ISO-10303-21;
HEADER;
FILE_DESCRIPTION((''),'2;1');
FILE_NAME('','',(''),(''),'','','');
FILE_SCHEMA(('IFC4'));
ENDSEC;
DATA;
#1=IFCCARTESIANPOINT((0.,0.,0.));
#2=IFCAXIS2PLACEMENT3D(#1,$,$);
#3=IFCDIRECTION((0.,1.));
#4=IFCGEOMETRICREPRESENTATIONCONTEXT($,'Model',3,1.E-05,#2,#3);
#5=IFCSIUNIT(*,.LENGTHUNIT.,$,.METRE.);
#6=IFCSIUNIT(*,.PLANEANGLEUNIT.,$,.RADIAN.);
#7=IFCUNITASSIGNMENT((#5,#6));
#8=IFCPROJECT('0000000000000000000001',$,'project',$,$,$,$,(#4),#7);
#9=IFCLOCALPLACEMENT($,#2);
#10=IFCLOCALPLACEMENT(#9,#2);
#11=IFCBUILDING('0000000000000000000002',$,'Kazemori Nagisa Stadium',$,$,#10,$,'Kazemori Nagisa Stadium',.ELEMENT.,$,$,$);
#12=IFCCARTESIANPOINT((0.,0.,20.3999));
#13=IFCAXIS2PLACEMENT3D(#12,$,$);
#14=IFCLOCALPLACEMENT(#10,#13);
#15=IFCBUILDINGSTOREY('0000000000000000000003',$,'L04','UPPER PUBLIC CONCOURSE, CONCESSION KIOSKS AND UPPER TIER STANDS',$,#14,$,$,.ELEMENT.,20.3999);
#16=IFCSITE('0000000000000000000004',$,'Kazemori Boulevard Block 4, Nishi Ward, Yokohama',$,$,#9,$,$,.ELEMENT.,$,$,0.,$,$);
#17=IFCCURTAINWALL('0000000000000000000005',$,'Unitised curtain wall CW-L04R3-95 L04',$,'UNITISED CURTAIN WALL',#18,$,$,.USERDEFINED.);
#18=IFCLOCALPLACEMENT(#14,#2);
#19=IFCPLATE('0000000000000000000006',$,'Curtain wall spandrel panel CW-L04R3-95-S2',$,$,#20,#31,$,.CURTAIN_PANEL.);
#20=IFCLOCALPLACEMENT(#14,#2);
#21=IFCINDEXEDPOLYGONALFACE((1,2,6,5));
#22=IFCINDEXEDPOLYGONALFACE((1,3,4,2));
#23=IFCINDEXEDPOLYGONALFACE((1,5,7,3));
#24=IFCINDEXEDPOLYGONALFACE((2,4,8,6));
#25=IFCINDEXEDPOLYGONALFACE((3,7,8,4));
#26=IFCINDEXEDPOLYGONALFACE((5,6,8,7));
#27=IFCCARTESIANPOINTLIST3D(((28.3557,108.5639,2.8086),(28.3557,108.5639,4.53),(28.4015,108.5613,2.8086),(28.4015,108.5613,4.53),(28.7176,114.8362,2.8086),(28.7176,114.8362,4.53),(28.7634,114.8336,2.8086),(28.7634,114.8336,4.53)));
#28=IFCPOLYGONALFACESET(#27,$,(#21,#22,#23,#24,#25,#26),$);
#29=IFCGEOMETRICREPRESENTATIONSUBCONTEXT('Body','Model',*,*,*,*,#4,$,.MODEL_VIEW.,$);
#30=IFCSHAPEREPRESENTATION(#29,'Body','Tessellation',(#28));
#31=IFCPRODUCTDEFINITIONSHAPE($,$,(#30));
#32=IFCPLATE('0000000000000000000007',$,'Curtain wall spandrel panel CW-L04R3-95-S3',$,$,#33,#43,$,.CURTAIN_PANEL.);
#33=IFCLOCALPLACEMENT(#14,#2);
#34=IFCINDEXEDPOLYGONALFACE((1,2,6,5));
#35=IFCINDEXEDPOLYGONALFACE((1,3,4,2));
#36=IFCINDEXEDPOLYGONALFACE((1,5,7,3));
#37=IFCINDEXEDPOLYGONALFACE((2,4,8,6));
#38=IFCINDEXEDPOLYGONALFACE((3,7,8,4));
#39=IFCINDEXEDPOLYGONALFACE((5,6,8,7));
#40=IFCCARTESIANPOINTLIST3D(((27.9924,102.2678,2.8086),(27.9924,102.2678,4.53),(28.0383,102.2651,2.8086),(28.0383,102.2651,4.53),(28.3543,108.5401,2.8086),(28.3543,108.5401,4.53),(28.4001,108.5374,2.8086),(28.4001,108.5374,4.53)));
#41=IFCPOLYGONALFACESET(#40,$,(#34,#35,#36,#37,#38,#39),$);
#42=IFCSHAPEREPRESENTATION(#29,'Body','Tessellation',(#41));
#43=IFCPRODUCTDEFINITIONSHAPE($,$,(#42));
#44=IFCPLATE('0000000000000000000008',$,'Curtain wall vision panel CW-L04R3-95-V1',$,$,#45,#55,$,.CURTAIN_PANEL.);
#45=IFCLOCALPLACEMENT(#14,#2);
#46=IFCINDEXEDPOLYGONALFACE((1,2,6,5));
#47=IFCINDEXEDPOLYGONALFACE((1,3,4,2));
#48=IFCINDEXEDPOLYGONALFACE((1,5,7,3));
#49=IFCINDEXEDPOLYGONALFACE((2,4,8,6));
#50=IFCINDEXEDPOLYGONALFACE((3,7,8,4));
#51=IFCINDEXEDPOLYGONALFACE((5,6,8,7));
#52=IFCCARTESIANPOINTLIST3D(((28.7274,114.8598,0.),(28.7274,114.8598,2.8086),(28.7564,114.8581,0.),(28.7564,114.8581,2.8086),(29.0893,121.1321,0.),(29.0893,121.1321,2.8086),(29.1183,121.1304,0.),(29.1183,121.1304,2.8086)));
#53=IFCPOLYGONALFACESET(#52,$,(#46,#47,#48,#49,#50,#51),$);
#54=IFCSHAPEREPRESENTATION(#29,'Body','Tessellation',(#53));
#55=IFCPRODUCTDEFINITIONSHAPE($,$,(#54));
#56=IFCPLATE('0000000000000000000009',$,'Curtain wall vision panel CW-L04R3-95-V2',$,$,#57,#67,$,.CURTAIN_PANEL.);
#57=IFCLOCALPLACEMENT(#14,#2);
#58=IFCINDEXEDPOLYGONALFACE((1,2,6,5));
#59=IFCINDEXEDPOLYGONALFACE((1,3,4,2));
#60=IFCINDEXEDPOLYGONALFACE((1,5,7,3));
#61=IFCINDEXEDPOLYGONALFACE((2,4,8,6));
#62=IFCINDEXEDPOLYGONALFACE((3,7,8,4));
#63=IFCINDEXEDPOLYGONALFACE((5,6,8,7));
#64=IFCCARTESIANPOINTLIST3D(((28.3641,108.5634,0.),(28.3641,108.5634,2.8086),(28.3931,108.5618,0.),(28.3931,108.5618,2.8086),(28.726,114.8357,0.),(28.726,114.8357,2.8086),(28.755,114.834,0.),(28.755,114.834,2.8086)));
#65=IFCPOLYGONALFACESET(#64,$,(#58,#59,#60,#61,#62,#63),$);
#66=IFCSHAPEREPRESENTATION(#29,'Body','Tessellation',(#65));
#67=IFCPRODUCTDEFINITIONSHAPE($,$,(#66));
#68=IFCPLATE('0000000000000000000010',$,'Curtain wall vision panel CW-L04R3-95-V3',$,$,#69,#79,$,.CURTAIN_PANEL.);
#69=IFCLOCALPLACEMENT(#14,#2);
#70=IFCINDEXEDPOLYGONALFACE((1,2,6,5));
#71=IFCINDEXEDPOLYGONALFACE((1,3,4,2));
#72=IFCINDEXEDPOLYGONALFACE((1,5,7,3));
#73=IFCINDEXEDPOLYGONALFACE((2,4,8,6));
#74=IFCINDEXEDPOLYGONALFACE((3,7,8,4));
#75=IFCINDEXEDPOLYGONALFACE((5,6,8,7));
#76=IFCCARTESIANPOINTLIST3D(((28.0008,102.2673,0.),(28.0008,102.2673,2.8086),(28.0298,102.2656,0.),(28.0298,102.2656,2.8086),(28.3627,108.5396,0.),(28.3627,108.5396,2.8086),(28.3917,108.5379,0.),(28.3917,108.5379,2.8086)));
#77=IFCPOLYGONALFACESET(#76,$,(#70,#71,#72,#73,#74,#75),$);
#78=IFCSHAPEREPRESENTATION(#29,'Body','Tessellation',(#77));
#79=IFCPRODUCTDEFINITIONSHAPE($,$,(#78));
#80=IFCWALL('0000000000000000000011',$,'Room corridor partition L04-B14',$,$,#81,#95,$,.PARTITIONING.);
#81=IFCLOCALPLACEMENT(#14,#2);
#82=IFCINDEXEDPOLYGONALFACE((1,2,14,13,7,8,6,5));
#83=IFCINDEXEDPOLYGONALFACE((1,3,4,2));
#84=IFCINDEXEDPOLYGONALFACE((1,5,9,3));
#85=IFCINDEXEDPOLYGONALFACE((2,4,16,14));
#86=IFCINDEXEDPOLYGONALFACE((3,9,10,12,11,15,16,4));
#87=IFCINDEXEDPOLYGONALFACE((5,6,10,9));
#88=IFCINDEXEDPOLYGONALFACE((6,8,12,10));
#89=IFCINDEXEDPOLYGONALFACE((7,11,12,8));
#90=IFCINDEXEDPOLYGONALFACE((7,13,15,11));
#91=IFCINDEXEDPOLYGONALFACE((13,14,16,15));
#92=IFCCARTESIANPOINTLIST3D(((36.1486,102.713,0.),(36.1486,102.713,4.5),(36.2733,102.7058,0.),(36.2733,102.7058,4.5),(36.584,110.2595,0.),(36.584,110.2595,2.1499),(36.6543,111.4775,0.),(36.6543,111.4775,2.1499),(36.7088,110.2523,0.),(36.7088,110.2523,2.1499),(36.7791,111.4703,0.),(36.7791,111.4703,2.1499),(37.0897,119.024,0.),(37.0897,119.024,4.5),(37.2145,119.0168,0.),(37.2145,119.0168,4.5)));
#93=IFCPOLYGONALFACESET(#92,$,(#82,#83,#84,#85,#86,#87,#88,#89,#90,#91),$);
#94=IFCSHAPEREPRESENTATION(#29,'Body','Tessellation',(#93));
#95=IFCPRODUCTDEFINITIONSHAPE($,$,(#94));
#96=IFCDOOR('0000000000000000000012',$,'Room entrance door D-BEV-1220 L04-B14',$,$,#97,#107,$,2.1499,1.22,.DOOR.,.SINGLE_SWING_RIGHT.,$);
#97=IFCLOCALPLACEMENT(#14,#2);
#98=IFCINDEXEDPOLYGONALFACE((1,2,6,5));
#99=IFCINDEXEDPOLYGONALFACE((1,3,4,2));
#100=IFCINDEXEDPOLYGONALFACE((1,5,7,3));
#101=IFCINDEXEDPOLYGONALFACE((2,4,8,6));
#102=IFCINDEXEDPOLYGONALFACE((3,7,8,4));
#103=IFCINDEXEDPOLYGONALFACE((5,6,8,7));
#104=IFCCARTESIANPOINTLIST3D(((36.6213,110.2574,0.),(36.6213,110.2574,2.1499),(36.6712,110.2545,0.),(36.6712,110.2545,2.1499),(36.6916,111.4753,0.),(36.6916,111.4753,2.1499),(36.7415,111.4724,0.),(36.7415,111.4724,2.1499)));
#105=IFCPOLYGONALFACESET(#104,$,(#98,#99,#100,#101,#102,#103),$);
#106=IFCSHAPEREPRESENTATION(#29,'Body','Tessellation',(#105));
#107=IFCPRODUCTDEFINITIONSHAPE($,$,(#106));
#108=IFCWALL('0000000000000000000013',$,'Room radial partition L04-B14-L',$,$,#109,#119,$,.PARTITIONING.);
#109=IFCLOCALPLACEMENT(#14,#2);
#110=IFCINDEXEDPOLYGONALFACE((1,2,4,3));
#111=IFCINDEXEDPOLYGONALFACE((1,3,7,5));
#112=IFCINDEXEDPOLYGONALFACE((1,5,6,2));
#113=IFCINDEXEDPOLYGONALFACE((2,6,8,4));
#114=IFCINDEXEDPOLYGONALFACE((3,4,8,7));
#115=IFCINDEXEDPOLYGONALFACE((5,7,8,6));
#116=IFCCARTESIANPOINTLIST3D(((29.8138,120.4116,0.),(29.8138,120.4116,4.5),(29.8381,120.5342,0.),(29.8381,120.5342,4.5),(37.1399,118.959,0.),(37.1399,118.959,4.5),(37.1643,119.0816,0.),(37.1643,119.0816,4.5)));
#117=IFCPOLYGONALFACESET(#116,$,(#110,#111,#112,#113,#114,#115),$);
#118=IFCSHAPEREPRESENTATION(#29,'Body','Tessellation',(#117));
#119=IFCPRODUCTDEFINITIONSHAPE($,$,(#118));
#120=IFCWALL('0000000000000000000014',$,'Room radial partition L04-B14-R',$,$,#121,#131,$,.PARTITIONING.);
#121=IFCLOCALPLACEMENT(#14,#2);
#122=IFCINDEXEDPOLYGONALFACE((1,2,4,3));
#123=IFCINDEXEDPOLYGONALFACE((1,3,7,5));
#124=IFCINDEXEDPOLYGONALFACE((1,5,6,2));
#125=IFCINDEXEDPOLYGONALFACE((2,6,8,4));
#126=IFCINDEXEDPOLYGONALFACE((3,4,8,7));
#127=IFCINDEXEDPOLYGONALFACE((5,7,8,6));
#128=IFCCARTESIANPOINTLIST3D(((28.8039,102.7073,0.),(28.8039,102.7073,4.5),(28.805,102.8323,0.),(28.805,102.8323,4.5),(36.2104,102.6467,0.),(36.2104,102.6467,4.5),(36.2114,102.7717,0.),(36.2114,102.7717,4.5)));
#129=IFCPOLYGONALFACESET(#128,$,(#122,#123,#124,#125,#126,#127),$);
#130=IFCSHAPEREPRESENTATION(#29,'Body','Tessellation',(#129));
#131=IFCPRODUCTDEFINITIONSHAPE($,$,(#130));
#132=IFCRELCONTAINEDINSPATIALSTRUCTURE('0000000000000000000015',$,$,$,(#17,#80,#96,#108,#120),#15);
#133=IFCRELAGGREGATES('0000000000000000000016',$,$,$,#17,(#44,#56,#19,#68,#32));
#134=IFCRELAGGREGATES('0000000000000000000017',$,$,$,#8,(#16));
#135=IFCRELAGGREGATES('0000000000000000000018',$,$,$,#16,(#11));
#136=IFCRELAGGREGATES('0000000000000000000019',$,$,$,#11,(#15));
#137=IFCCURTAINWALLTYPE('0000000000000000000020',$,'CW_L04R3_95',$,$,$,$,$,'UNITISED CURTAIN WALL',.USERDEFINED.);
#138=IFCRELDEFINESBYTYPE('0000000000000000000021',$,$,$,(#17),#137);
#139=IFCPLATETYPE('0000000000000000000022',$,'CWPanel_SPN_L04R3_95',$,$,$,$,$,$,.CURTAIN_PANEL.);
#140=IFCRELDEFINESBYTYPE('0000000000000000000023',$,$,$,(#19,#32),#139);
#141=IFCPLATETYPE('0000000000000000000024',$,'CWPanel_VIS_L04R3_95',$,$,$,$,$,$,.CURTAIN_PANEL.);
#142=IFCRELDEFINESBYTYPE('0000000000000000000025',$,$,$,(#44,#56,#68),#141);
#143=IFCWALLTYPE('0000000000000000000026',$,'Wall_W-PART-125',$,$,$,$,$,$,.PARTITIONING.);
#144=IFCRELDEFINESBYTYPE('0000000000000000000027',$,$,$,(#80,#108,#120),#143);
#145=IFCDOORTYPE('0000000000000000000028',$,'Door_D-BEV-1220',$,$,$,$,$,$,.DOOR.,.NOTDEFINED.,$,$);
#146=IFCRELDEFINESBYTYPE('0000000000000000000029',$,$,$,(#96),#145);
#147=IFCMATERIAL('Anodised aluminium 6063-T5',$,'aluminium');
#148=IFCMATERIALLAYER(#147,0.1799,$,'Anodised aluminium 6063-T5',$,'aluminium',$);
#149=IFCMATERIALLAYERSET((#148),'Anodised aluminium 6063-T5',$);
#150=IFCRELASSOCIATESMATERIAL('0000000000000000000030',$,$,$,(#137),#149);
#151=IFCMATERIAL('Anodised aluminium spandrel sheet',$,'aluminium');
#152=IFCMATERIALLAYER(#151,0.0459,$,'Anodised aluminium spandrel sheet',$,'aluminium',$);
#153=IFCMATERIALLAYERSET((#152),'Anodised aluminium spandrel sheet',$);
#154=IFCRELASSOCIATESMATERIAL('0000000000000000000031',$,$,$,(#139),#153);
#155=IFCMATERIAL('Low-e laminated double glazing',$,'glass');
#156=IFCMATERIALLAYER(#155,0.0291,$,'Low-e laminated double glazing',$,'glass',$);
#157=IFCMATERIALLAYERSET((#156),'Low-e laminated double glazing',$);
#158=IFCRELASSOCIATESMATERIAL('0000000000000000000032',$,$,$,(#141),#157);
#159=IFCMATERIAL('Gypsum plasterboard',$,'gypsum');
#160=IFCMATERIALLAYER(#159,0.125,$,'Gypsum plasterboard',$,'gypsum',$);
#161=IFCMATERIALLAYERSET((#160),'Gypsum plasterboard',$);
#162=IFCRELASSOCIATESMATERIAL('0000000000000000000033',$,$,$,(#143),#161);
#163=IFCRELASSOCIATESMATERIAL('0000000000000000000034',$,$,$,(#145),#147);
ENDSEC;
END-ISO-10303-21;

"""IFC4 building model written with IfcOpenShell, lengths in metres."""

from ifc_helpers import new_model, si_unit, direction, frame, frame_2d, origin, origin_2d, place, context, subcontext, project, spatial, rectangle, extrude, material, layer, layer_set, type_object, element, fill, aggregate, save


model = new_model("IFC4")

# Units and contexts
model_context = context("Model", 3, precision=1e-05, world=origin(), true_north=direction((0.0, 1.0)))
body_context = subcontext(model_context, "Body", "Model", "MODEL_VIEW")
ifc_project = project(units=[si_unit("LENGTHUNIT", "METRE"), si_unit("PLANEANGLEUNIT", "RADIAN")], contexts=[model_context])

# Site, building, storey
site_placement = place(None, origin())
site = spatial("IfcSite", under=ifc_project, at=site_placement, Name="Kazemori Boulevard Block 4, Nishi Ward, Yokohama", CompositionType="ELEMENT", RefElevation=0.0)
building_placement = place(site_placement, origin())
building = spatial("IfcBuilding", under=site, at=building_placement, Name="Kazemori Nagisa Stadium", LongName="Kazemori Nagisa Stadium", CompositionType="ELEMENT")
storey_placement = place(building_placement, frame((0.0, 0.0, 20.3999)))
storey = spatial("IfcBuildingStorey", under=building, at=storey_placement, Name="L04", Description="UPPER PUBLIC CONCOURSE, CONCESSION KIOSKS AND UPPER TIER STANDS", CompositionType="ELEMENT", Elevation=20.3999)

# Curtain wall, plates
ifc_material_1 = material(Name="Anodised aluminium 6063-T5", Category="aluminium")
ifc_layer_1 = layer(ifc_material_1, 0.1799, Name="Anodised aluminium 6063-T5", Category="aluminium")
ifc_layer_set_1 = layer_set([ifc_layer_1], Name="Anodised aluminium 6063-T5")
curtain_wall_type = type_object("IfcCurtainWallType", Name="CW_L04R3_95", ElementType="UNITISED CURTAIN WALL", PredefinedType="USERDEFINED", material=ifc_layer_set_1)
curtain_wall_placement = place(storey_placement, origin())
curtain_wall = element("IfcCurtainWall", 1, at=curtain_wall_placement, inside=storey, type_object=curtain_wall_type, Name="Unitised curtain wall CW-L04R3-95 L04", ObjectType="UNITISED CURTAIN WALL", PredefinedType="USERDEFINED")
ifc_material_2 = material(Name="Anodised aluminium spandrel sheet", Category="aluminium")
ifc_layer_2 = layer(ifc_material_2, 0.0459, Name="Anodised aluminium spandrel sheet", Category="aluminium")
ifc_layer_set_2 = layer_set([ifc_layer_2], Name="Anodised aluminium spandrel sheet")
plate_type_1 = type_object("IfcPlateType", Name="CWPanel_SPN_L04R3_95", PredefinedType="CURTAIN_PANEL", material=ifc_layer_set_2)
plate_1_placement = place(storey_placement, frame((28.5596, 111.6987, 2.8086), z_axis=(0.0, 0.0, 1.0), x_axis=(-0.057602, -0.99834, 0.0)))
plate_1 = element("IfcPlate", 2, at=plate_1_placement, type_object=plate_type_1, Name="Curtain wall spandrel panel CW-L04R3-95-S2", PredefinedType="CURTAIN_PANEL", context=body_context, shape_type="SweptSolid", body=[
    extrude(rectangle(XDim=6.2827, YDim=0.0459, at=origin_2d()), origin(), (0.0, 0.0, 1.0), 1.7214),
])
plate_2_placement = place(storey_placement, frame((28.1963, 105.4026, 2.8086), z_axis=(0.0, 0.0, 1.0), x_axis=(-0.057602, -0.99834, 0.0)))
plate_2 = element("IfcPlate", 3, at=plate_2_placement, type_object=plate_type_1, Name="Curtain wall spandrel panel CW-L04R3-95-S3", PredefinedType="CURTAIN_PANEL", context=body_context, shape_type="SweptSolid", body=[
    extrude(rectangle(XDim=6.2827, YDim=0.0459, at=origin_2d()), origin(), (0.0, 0.0, 1.0), 1.7214),
])
ifc_material_3 = material(Name="Low-e laminated double glazing", Category="glass")
ifc_layer_3 = layer(ifc_material_3, 0.0291, Name="Low-e laminated double glazing", Category="glass")
ifc_layer_set_3 = layer_set([ifc_layer_3], Name="Low-e laminated double glazing")
plate_type_2 = type_object("IfcPlateType", Name="CWPanel_VIS_L04R3_95", PredefinedType="CURTAIN_PANEL", material=ifc_layer_set_3)
plate_3_placement = place(storey_placement, frame((28.9229, 117.9951, 0.0), z_axis=(0.0, 0.0, 1.0), x_axis=(-0.057602, -0.99834, 0.0)))
plate_3 = element("IfcPlate", 4, at=plate_3_placement, type_object=plate_type_2, Name="Curtain wall vision panel CW-L04R3-95-V1", PredefinedType="CURTAIN_PANEL", context=body_context, shape_type="SweptSolid", body=[
    extrude(rectangle(XDim=6.2827, YDim=0.0291, at=origin_2d()), origin(), (0.0, 0.0, 1.0), 2.8086),
])
plate_4_placement = place(storey_placement, frame((28.5596, 111.6987, 0.0), z_axis=(0.0, 0.0, 1.0), x_axis=(-0.057602, -0.99834, 0.0)))
plate_4 = element("IfcPlate", 5, at=plate_4_placement, type_object=plate_type_2, Name="Curtain wall vision panel CW-L04R3-95-V2", PredefinedType="CURTAIN_PANEL", context=body_context, shape_type="SweptSolid", body=[
    extrude(rectangle(XDim=6.2827, YDim=0.0291, at=origin_2d()), origin(), (0.0, 0.0, 1.0), 2.8086),
])
plate_5_placement = place(storey_placement, frame((28.1963, 105.4026, 0.0), z_axis=(0.0, 0.0, 1.0), x_axis=(-0.057602, -0.99834, 0.0)))
plate_5 = element("IfcPlate", 6, at=plate_5_placement, type_object=plate_type_2, Name="Curtain wall vision panel CW-L04R3-95-V3", PredefinedType="CURTAIN_PANEL", context=body_context, shape_type="SweptSolid", body=[
    extrude(rectangle(XDim=6.2827, YDim=0.0291, at=origin_2d()), origin(), (0.0, 0.0, 1.0), 2.8086),
])
aggregate(curtain_wall, [plate_3, plate_4, plate_1, plate_5, plate_2])

# Wall, opening, door
ifc_material_4 = material(Name="Gypsum plasterboard", Category="gypsum")
ifc_layer_4 = layer(ifc_material_4, 0.125, Name="Gypsum plasterboard", Category="gypsum")
ifc_layer_set_4 = layer_set([ifc_layer_4], Name="Gypsum plasterboard")
wall_type = type_object("IfcWallType", Name="Wall_W-PART-125", PredefinedType="PARTITIONING", material=ifc_layer_set_4)
wall_1_placement = place(storey_placement, frame((37.1521, 119.0203, 0.0), z_axis=(0.0, 0.0, 1.0), x_axis=(-0.057605, -0.998339, 0.0)))
wall_1 = element("IfcWall", 7, at=wall_1_placement, inside=storey, type_object=wall_type, Name="Room corridor partition L04-B14", PredefinedType="PARTITIONING", context=body_context, shape_type="SweptSolid", body=[
    extrude(rectangle(XDim=16.3381, YDim=0.125, at=frame_2d((8.1689, 0.0))), origin(), (0.0, 0.0, 1.0), 4.5),
])
opening_placement = place(wall_1_placement, frame((7.5591, 0.0, 0.0)))
opening = element("IfcOpeningElement", 8, at=opening_placement, cuts=wall_1, PredefinedType="OPENING", context=body_context, shape_type="SweptSolid", body=[
    extrude(rectangle(XDim=1.22, YDim=2.1499, at=frame_2d((0.6099, 1.075))), frame((0.0, 0.0725, 0.0), z_axis=(0.0, -1.0, 0.0), x_axis=(1.0, 0.0, 0.0)), (0.0, 0.0, 1.0), 0.145),
])
door_type = type_object("IfcDoorType", Name="Door_D-BEV-1220", OperationType="NOTDEFINED", PredefinedType="DOOR", material=ifc_material_1)
door_placement = place(opening_placement, origin())
door = element("IfcDoor", 9, at=door_placement, inside=storey, type_object=door_type, Name="Room entrance door D-BEV-1220 L04-B14", OperationType="SINGLE_SWING_RIGHT", OverallHeight=2.1499, OverallWidth=1.22, PredefinedType="DOOR", context=body_context, shape_type="SweptSolid", body=[
    extrude(rectangle(XDim=1.22, YDim=2.1499, at=frame_2d((0.6099, 1.075))), frame((0.0, 0.0249, 0.0), z_axis=(0.0, -1.0, 0.0), x_axis=(1.0, 0.0, 0.0)), (0.0, 0.0, 1.0), 0.05),
])
fill(opening, door)

# Walls
wall_2_placement = place(storey_placement, frame((37.1521, 119.0203, 0.0), z_axis=(0.0, 0.0, 1.0), x_axis=(-0.980904, 0.194494, 0.0)))
element("IfcWall", 10, at=wall_2_placement, inside=storey, type_object=wall_type, Name="Room radial partition L04-B14-L", PredefinedType="PARTITIONING", context=body_context, shape_type="SweptSolid", body=[
    extrude(rectangle(XDim=7.4688, YDim=0.125, at=frame_2d((3.7344, 0.0))), origin(), (0.0, 0.0, 1.0), 4.5),
])
wall_3_placement = place(storey_placement, frame((36.2109, 102.7092, 0.0), z_axis=(0.0, 0.0, 1.0), x_axis=(-0.999967, 0.008175, 0.0)))
element("IfcWall", 11, at=wall_3_placement, inside=storey, type_object=wall_type, Name="Room radial partition L04-B14-R", PredefinedType="PARTITIONING", context=body_context, shape_type="SweptSolid", body=[
    extrude(rectangle(XDim=7.4067, YDim=0.125, at=frame_2d((3.7034, 0.0))), origin(), (0.0, 0.0, 1.0), 4.5),
])

save(model, "model.ifc")
